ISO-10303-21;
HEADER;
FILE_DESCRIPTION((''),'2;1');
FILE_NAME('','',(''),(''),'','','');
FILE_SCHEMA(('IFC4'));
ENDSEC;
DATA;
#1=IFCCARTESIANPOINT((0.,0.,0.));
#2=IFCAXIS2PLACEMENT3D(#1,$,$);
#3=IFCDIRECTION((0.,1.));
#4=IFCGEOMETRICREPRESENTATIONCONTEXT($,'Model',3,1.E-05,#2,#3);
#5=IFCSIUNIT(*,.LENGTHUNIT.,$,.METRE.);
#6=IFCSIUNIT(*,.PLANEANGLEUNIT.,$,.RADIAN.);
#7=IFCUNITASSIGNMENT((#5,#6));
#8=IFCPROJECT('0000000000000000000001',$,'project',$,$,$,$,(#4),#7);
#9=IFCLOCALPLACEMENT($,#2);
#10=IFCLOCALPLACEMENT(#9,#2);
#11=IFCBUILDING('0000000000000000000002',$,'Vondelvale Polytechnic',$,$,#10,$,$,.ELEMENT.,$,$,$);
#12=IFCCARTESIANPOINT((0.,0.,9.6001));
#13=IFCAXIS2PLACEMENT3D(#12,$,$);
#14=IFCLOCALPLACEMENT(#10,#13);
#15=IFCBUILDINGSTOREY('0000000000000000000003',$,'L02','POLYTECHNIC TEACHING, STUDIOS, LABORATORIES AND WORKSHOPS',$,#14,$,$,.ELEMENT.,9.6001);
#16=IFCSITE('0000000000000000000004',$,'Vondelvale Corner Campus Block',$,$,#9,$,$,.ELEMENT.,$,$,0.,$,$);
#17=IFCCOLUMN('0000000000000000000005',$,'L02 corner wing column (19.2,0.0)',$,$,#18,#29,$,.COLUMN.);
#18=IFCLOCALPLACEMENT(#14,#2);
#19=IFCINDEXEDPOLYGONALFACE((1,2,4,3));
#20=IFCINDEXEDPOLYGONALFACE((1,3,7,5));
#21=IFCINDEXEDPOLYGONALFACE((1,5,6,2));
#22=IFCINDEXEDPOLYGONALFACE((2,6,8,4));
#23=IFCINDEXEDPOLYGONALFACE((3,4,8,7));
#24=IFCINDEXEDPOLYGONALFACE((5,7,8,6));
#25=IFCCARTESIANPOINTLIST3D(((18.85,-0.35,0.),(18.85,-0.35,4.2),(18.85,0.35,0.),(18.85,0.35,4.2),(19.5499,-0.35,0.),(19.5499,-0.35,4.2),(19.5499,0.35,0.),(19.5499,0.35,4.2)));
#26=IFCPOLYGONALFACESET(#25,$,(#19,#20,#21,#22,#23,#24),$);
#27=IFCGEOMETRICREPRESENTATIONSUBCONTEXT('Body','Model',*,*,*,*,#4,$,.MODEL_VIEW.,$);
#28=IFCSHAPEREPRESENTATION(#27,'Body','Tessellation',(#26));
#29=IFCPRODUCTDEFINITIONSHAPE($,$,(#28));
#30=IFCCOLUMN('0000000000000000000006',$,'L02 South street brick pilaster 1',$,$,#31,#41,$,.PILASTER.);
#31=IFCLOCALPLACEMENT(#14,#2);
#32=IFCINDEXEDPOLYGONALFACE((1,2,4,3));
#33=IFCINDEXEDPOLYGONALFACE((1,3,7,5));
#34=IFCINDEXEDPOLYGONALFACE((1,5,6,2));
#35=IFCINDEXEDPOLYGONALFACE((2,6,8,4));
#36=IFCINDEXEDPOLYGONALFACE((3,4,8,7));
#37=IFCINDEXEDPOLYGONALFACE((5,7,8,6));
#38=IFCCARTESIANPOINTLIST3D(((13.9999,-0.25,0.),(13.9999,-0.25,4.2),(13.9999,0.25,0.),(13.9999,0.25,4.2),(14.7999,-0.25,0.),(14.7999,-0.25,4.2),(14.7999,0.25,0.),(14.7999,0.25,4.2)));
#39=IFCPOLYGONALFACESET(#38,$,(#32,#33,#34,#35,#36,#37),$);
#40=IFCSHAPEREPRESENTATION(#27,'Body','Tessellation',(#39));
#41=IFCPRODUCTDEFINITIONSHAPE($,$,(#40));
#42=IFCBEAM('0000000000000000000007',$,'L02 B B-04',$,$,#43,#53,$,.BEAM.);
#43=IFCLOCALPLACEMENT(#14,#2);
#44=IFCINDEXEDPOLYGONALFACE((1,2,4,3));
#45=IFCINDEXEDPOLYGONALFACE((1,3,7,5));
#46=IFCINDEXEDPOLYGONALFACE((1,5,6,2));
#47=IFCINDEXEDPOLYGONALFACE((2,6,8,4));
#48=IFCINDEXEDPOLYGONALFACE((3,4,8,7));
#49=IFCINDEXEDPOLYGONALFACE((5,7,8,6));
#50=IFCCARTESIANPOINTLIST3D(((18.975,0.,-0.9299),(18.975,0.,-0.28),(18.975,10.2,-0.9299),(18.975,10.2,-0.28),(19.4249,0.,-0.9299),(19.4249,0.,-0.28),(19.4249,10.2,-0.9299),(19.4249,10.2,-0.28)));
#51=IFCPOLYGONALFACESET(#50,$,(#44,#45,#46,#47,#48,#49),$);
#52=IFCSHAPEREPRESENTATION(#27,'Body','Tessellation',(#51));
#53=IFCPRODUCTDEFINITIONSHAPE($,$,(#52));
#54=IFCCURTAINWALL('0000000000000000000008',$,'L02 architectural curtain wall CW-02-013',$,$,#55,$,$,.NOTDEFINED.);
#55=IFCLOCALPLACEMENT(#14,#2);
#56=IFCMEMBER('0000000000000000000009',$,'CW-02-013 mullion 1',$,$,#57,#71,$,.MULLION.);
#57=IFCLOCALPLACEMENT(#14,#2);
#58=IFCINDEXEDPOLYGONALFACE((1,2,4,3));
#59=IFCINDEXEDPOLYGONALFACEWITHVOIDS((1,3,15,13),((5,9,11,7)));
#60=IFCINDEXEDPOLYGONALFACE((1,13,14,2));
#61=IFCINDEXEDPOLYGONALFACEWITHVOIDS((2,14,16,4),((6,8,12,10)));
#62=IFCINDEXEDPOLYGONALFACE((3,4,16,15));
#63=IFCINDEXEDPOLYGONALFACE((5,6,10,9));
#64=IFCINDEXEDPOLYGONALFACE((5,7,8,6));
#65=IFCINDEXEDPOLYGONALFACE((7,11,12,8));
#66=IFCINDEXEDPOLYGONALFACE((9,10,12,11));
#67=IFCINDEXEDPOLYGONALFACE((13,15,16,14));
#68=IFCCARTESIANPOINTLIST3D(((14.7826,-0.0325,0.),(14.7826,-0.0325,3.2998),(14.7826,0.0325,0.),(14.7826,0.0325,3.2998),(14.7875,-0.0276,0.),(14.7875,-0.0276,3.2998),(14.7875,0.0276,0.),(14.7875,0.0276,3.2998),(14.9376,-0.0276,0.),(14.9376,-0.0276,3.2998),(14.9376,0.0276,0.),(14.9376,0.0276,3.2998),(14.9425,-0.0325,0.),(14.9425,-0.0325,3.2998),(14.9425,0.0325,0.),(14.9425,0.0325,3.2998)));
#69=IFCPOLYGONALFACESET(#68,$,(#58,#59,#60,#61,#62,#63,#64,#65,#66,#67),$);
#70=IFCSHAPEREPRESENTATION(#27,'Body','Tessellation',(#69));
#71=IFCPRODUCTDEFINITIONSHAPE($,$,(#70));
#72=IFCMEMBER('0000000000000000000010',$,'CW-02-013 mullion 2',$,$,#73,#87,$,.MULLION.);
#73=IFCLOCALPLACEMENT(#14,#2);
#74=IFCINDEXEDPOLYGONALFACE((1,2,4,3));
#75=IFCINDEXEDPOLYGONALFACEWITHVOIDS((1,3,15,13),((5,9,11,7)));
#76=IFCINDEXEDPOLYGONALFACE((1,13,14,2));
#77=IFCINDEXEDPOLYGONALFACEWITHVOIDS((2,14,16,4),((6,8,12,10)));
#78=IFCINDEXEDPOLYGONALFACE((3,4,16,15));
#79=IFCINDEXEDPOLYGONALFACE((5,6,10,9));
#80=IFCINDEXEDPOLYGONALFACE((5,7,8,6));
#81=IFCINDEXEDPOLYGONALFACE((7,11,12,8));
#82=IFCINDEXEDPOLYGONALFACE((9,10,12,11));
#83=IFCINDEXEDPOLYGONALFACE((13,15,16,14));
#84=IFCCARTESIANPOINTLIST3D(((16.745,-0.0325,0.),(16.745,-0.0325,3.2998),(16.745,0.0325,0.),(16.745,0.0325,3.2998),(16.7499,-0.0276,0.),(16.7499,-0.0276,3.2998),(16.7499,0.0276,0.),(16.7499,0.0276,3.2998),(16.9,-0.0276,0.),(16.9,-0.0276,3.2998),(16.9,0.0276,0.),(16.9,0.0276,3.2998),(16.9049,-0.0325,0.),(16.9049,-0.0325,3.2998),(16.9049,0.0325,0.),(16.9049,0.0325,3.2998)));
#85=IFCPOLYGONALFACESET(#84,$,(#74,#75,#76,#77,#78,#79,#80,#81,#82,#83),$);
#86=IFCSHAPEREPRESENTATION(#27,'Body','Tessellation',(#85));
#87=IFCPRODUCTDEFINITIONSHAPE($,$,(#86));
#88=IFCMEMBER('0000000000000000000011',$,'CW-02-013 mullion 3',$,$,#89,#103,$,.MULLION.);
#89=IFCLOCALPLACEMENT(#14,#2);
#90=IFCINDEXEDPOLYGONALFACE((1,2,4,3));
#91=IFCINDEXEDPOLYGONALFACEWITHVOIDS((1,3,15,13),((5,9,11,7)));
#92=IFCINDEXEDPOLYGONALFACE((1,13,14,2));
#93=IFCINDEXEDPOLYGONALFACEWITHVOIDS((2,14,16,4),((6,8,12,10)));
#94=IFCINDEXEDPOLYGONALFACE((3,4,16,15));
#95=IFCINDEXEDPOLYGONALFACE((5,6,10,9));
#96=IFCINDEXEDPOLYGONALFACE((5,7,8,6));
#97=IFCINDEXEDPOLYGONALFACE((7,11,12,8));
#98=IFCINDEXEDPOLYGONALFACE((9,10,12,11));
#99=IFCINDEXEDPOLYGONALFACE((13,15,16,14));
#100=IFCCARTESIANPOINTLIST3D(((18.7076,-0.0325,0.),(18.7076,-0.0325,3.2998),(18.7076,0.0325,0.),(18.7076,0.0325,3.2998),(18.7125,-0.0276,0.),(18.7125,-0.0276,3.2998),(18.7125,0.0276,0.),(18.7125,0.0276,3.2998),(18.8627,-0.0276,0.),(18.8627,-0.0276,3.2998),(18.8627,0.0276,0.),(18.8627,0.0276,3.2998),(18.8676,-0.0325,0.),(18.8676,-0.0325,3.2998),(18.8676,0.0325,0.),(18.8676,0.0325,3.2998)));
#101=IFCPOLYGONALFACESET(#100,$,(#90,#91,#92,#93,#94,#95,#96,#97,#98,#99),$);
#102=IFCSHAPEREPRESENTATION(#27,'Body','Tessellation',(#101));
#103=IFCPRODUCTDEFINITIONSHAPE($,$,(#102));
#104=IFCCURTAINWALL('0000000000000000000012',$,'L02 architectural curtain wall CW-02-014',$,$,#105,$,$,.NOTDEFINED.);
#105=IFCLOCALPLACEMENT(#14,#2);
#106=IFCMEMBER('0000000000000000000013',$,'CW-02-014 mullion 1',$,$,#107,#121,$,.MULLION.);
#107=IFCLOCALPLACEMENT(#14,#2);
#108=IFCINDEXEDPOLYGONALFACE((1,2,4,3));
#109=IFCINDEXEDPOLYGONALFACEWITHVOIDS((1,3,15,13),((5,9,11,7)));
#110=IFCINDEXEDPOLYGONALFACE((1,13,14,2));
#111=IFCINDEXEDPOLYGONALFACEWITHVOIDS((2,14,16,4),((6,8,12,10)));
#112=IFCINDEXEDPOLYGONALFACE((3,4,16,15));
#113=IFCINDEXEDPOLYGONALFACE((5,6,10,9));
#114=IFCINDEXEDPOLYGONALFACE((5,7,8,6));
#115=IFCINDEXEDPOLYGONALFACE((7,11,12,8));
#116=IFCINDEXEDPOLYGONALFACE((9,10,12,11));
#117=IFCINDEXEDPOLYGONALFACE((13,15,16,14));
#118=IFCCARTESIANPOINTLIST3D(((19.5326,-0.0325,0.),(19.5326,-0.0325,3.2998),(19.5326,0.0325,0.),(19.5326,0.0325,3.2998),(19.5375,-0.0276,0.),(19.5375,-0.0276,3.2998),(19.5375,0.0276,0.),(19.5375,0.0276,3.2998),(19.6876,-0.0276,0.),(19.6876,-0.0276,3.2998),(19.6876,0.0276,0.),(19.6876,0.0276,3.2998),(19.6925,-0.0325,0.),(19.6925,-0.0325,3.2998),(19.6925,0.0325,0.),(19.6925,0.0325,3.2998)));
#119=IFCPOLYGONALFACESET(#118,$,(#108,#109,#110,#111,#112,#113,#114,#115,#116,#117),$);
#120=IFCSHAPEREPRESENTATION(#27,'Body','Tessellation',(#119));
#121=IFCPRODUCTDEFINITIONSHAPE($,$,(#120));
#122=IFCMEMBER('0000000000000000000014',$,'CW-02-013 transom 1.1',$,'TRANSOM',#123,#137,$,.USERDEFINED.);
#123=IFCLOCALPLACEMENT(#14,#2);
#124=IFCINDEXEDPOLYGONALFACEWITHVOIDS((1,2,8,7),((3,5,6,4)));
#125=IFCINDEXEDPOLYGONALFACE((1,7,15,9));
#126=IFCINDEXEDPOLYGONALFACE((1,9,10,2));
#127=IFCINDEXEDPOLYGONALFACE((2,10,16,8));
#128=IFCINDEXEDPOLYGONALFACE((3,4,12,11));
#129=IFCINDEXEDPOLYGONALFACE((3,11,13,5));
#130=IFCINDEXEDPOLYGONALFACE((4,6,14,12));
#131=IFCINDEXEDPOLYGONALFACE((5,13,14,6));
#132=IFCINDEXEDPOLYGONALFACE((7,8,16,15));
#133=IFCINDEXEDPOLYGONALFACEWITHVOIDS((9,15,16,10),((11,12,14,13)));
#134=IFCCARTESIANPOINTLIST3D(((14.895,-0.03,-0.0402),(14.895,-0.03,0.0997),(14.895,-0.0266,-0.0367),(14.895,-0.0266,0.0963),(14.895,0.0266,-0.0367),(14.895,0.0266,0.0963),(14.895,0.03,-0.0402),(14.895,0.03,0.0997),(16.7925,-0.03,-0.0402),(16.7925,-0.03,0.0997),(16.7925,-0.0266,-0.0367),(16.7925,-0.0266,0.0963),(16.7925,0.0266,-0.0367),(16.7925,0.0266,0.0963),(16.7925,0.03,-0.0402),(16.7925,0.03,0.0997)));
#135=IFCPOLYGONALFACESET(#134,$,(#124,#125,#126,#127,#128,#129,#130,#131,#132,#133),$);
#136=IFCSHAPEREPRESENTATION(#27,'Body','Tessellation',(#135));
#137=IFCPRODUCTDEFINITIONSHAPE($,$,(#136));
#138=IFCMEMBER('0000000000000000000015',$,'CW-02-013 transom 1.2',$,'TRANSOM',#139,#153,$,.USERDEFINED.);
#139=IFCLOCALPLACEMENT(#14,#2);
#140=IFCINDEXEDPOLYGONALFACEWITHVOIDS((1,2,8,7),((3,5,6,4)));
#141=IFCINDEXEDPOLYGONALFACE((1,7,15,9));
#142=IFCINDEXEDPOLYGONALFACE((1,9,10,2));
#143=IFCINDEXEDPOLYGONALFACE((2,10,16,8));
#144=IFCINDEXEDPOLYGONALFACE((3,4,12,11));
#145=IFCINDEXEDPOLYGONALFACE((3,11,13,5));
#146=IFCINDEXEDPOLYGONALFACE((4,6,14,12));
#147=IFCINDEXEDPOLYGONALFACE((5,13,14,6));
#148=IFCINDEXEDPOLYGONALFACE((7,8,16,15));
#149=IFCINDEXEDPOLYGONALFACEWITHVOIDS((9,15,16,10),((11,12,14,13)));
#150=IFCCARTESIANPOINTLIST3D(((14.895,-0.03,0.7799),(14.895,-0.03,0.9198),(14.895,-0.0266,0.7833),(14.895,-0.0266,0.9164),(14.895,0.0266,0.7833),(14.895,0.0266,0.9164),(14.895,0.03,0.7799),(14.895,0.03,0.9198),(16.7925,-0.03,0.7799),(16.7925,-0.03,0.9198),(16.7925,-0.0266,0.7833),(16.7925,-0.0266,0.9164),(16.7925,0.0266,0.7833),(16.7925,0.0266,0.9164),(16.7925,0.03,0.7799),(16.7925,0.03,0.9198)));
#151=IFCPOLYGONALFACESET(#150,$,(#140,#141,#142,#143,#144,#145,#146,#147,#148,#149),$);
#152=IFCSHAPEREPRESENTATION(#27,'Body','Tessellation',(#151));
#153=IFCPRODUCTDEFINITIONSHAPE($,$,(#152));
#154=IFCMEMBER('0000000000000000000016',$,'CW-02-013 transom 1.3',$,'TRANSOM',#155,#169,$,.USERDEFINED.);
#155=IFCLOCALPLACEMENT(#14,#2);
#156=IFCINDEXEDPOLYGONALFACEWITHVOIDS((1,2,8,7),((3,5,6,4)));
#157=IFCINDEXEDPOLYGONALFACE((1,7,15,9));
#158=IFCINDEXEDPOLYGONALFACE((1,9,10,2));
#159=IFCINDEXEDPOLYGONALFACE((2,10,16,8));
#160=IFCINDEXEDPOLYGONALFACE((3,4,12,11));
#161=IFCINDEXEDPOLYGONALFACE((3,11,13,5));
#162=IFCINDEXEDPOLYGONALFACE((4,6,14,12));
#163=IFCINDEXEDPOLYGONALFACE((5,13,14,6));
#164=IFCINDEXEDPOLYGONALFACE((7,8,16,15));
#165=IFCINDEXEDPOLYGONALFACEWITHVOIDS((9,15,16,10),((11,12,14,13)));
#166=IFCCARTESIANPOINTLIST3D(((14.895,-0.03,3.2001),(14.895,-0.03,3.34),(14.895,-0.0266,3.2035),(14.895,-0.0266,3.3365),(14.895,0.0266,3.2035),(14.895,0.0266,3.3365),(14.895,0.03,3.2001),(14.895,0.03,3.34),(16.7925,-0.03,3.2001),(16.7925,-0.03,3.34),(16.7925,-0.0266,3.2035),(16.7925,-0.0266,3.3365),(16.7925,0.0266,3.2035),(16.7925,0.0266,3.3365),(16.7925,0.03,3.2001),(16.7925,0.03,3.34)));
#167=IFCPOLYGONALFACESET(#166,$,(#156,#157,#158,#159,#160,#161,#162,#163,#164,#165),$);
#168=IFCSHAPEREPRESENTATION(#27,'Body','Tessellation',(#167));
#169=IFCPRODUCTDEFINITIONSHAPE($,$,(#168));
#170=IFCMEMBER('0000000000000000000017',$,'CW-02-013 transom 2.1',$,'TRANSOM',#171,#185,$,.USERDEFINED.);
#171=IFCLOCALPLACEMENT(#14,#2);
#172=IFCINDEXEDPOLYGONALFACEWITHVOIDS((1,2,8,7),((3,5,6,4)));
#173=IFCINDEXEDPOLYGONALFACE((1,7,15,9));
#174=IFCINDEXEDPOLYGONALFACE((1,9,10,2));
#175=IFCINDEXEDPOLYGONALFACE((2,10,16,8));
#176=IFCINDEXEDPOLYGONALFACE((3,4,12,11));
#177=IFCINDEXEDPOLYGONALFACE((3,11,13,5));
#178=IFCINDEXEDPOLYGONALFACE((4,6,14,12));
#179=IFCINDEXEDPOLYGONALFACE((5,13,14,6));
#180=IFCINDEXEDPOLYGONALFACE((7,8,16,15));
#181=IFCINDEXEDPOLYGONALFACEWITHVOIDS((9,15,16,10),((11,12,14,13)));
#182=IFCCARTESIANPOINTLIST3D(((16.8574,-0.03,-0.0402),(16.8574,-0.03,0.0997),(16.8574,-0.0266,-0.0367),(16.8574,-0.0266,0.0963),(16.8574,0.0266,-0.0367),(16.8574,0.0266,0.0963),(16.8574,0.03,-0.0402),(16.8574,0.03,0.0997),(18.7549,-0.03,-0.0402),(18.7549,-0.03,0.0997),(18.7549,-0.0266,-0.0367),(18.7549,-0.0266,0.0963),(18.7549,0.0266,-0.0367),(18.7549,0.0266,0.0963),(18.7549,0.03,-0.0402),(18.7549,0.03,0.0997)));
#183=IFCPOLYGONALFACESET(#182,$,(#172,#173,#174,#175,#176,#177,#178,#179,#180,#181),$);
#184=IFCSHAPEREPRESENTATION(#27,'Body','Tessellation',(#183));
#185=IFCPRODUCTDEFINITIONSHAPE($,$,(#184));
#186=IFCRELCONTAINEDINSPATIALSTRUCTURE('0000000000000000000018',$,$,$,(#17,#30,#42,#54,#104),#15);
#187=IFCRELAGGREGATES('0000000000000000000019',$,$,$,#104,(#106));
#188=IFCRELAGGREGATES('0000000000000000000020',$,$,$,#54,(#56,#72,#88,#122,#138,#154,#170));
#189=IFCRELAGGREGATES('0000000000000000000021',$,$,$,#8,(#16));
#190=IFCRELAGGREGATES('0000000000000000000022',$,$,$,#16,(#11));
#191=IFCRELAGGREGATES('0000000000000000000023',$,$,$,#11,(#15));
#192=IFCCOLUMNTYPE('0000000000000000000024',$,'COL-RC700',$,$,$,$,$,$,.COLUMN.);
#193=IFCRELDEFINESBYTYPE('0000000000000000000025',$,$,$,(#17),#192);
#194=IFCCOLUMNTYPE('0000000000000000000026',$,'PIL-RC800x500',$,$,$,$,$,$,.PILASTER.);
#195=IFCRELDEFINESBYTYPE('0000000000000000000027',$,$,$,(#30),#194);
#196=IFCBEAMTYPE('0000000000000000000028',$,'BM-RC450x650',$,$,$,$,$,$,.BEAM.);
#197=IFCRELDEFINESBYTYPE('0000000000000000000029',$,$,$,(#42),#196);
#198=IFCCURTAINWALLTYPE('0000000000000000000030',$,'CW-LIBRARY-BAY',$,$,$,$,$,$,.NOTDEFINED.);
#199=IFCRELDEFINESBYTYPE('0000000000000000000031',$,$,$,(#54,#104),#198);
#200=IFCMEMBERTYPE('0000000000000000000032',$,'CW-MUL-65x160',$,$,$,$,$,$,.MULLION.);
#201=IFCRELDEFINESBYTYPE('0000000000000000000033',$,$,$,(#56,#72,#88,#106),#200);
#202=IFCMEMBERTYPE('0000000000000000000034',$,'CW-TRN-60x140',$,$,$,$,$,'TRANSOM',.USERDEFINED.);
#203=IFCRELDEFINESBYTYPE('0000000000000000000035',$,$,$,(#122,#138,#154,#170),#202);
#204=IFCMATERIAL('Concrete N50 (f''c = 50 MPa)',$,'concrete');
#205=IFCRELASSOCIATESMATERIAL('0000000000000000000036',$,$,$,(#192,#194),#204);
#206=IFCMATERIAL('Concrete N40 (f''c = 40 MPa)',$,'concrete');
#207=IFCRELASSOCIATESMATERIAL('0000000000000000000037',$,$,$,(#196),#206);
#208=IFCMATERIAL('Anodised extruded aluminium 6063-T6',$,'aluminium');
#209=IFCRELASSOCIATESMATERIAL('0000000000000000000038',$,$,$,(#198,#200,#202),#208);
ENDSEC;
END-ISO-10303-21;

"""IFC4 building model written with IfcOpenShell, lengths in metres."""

from ifc_helpers import new_model, si_unit, direction, frame, origin, origin_2d, place, context, subcontext, project, spatial, rectangle, hollow_rectangle, extrude, material, material_profile, profile_set, type_object, element, aggregate, save


model = new_model("IFC4")

# Units and contexts
model_context = context("Model", 3, precision=1e-05, world=origin(), true_north=direction((0.0, 1.0)))
body_context = subcontext(model_context, "Body", "Model", "MODEL_VIEW")
ifc_project = project(units=[si_unit("LENGTHUNIT", "METRE"), si_unit("PLANEANGLEUNIT", "RADIAN")], contexts=[model_context])

# Site, building, storey
site_placement = place(None, origin())
site = spatial("IfcSite", under=ifc_project, at=site_placement, Name="Vondelvale Corner Campus Block", CompositionType="ELEMENT", RefElevation=0.0)
building_placement = place(site_placement, origin())
building = spatial("IfcBuilding", under=site, at=building_placement, Name="Vondelvale Polytechnic", CompositionType="ELEMENT")
storey_placement = place(building_placement, frame((0.0, 0.0, 9.6001)))
storey = spatial("IfcBuildingStorey", under=building, at=storey_placement, Name="L02", Description="POLYTECHNIC TEACHING, STUDIOS, LABORATORIES AND WORKSHOPS", CompositionType="ELEMENT", Elevation=9.6001)

# Columns
ifc_material_1 = material(Name="Concrete N50 (f'c = 50 MPa)", Category="concrete")
ifc_material_profile_1 = material_profile(ifc_material_1, rectangle(XDim=0.7, YDim=0.7, at=origin_2d()), Name="RC-COL-700x700")
ifc_profile_set_1 = profile_set([ifc_material_profile_1], Name="Concrete N50 (f'c = 50 MPa)")
column_type_1 = type_object("IfcColumnType", Name="COL-RC700", PredefinedType="COLUMN", material=ifc_profile_set_1)
column_1_placement = place(storey_placement, frame((19.2, 0.0, 0.0), z_axis=(0.0, 0.0, 1.0), x_axis=(1.0, 0.0, 0.0)))
element("IfcColumn", 1, at=column_1_placement, inside=storey, type_object=column_type_1, Name="L02 corner wing column (19.2,0.0)", PredefinedType="COLUMN", context=body_context, shape_type="SweptSolid", body=[
    extrude(rectangle(XDim=0.7, YDim=0.7, at=origin_2d()), origin(), (0.0, 0.0, 1.0), 4.2),
])
ifc_material_profile_2 = material_profile(ifc_material_1, rectangle(XDim=0.5, YDim=0.8, at=origin_2d()), Name="RC-PIL-800x500")
ifc_profile_set_2 = profile_set([ifc_material_profile_2], Name="Concrete N50 (f'c = 50 MPa)")
column_type_2 = type_object("IfcColumnType", Name="PIL-RC800x500", PredefinedType="PILASTER", material=ifc_profile_set_2)
column_2_placement = place(storey_placement, frame((14.3999, 0.0, 0.0), z_axis=(0.0, 0.0, 1.0), x_axis=(0.0, 1.0, 0.0)))
element("IfcColumn", 2, at=column_2_placement, inside=storey, type_object=column_type_2, Name="L02 South street brick pilaster 1", PredefinedType="PILASTER", context=body_context, shape_type="SweptSolid", body=[
    extrude(rectangle(XDim=0.5, YDim=0.8, at=origin_2d()), origin(), (0.0, 0.0, 1.0), 4.2),
])

# Beam
ifc_material_2 = material(Name="Concrete N40 (f'c = 40 MPa)", Category="concrete")
ifc_material_profile_3 = material_profile(ifc_material_2, rectangle(XDim=0.45, YDim=0.6499, at=origin_2d()), Name="RC-BM-450x650")
ifc_profile_set_3 = profile_set([ifc_material_profile_3], Name="Concrete N40 (f'c = 40 MPa)")
beam_type_1 = type_object("IfcBeamType", Name="BM-RC450x650", PredefinedType="BEAM", material=ifc_profile_set_3)
beam_1_placement = place(storey_placement, frame((19.2, 0.0, -0.605), z_axis=(0.0, 1.0, 0.0), x_axis=(-1.0, 0.0, 0.0)))
element("IfcBeam", 3, at=beam_1_placement, inside=storey, type_object=beam_type_1, Name="L02 B B-04", PredefinedType="BEAM", context=body_context, shape_type="SweptSolid", body=[
    extrude(rectangle(XDim=0.45, YDim=0.6499, at=origin_2d()), origin(), (0.0, 0.0, 1.0), 10.2),
])

# Curtain wall, members
ifc_material_3 = material(Name="Anodised extruded aluminium 6063-T6", Category="aluminium")
curtain_wall_type = type_object("IfcCurtainWallType", Name="CW-LIBRARY-BAY", PredefinedType="NOTDEFINED", material=ifc_material_3)
curtain_wall_1_placement = place(storey_placement, origin())
curtain_wall_1 = element("IfcCurtainWall", 4, at=curtain_wall_1_placement, inside=storey, type_object=curtain_wall_type, Name="L02 architectural curtain wall CW-02-013", PredefinedType="NOTDEFINED")
ifc_material_profile_4 = material_profile(ifc_material_3, hollow_rectangle(XDim=0.0649, YDim=0.1599, WallThickness=0.0049, at=origin_2d()), Name="CW-MUL-160x65")
ifc_profile_set_4 = profile_set([ifc_material_profile_4], Name="Anodised extruded aluminium 6063-T6")
member_type_1 = type_object("IfcMemberType", Name="CW-MUL-65x160", PredefinedType="MULLION", material=ifc_profile_set_4)
member_1_placement = place(storey_placement, frame((14.8625, 0.0, 0.0), z_axis=(0.0, 0.0, 1.0), x_axis=(0.0, 1.0, 0.0)))
member_1 = element("IfcMember", 5, at=member_1_placement, type_object=member_type_1, Name="CW-02-013 mullion 1", PredefinedType="MULLION", context=body_context, shape_type="SweptSolid", body=[
    extrude(hollow_rectangle(XDim=0.0649, YDim=0.1599, WallThickness=0.0049, at=origin_2d()), origin(), (0.0, 0.0, 1.0), 3.2998),
])
member_2_placement = place(storey_placement, frame((16.825, 0.0, 0.0), z_axis=(0.0, 0.0, 1.0), x_axis=(0.0, 1.0, 0.0)))
member_2 = element("IfcMember", 6, at=member_2_placement, type_object=member_type_1, Name="CW-02-013 mullion 2", PredefinedType="MULLION", context=body_context, shape_type="SweptSolid", body=[
    extrude(hollow_rectangle(XDim=0.0649, YDim=0.1599, WallThickness=0.0049, at=origin_2d()), origin(), (0.0, 0.0, 1.0), 3.2998),
])
member_3_placement = place(storey_placement, frame((18.7876, 0.0, 0.0), z_axis=(0.0, 0.0, 1.0), x_axis=(0.0, 1.0, 0.0)))
member_3 = element("IfcMember", 7, at=member_3_placement, type_object=member_type_1, Name="CW-02-013 mullion 3", PredefinedType="MULLION", context=body_context, shape_type="SweptSolid", body=[
    extrude(hollow_rectangle(XDim=0.0649, YDim=0.1599, WallThickness=0.0049, at=origin_2d()), origin(), (0.0, 0.0, 1.0), 3.2998),
])

# Curtain wall, member
curtain_wall_2_placement = place(storey_placement, origin())
curtain_wall_2 = element("IfcCurtainWall", 8, at=curtain_wall_2_placement, inside=storey, type_object=curtain_wall_type, Name="L02 architectural curtain wall CW-02-014", PredefinedType="NOTDEFINED")
member_4_placement = place(storey_placement, frame((19.6125, 0.0, 0.0), z_axis=(0.0, 0.0, 1.0), x_axis=(0.0, 1.0, 0.0)))
member_4 = element("IfcMember", 9, at=member_4_placement, type_object=member_type_1, Name="CW-02-014 mullion 1", PredefinedType="MULLION", context=body_context, shape_type="SweptSolid", body=[
    extrude(hollow_rectangle(XDim=0.0649, YDim=0.1599, WallThickness=0.0049, at=origin_2d()), origin(), (0.0, 0.0, 1.0), 3.2998),
])

# Members
ifc_material_profile_5 = material_profile(ifc_material_3, hollow_rectangle(XDim=0.0601, YDim=0.1399, WallThickness=0.0034, at=origin_2d()), Name="CW-TRN-140x60")
ifc_profile_set_5 = profile_set([ifc_material_profile_5], Name="Anodised extruded aluminium 6063-T6")
member_type_2 = type_object("IfcMemberType", Name="CW-TRN-60x140", ElementType="TRANSOM", PredefinedType="USERDEFINED", material=ifc_profile_set_5)
member_5_placement = place(storey_placement, frame((14.895, 0.0, 0.0298), z_axis=(1.0, 0.0, 0.0), x_axis=(0.0, 1.0, 0.0)))
member_5 = element("IfcMember", 10, at=member_5_placement, type_object=member_type_2, Name="CW-02-013 transom 1.1", ObjectType="TRANSOM", PredefinedType="USERDEFINED", context=body_context, shape_type="SweptSolid", body=[
    extrude(hollow_rectangle(XDim=0.0601, YDim=0.1399, WallThickness=0.0034, at=origin_2d()), origin(), (0.0, 0.0, 1.0), 1.8975),
])
member_6_placement = place(storey_placement, frame((14.895, 0.0, 0.8499), z_axis=(1.0, 0.0, 0.0), x_axis=(0.0, 1.0, 0.0)))
member_6 = element("IfcMember", 11, at=member_6_placement, type_object=member_type_2, Name="CW-02-013 transom 1.2", ObjectType="TRANSOM", PredefinedType="USERDEFINED", context=body_context, shape_type="SweptSolid", body=[
    extrude(hollow_rectangle(XDim=0.0601, YDim=0.1399, WallThickness=0.0034, at=origin_2d()), origin(), (0.0, 0.0, 1.0), 1.8975),
])
member_7_placement = place(storey_placement, frame((14.895, 0.0, 3.27), z_axis=(1.0, 0.0, 0.0), x_axis=(0.0, 1.0, 0.0)))
member_7 = element("IfcMember", 12, at=member_7_placement, type_object=member_type_2, Name="CW-02-013 transom 1.3", ObjectType="TRANSOM", PredefinedType="USERDEFINED", context=body_context, shape_type="SweptSolid", body=[
    extrude(hollow_rectangle(XDim=0.0601, YDim=0.1399, WallThickness=0.0034, at=origin_2d()), origin(), (0.0, 0.0, 1.0), 1.8975),
])
member_8_placement = place(storey_placement, frame((16.8574, 0.0, 0.0298), z_axis=(1.0, 0.0, 0.0), x_axis=(0.0, 1.0, 0.0)))
member_8 = element("IfcMember", 13, at=member_8_placement, type_object=member_type_2, Name="CW-02-013 transom 2.1", ObjectType="TRANSOM", PredefinedType="USERDEFINED", context=body_context, shape_type="SweptSolid", body=[
    extrude(hollow_rectangle(XDim=0.0601, YDim=0.1399, WallThickness=0.0034, at=origin_2d()), origin(), (0.0, 0.0, 1.0), 1.8975),
])
aggregate(curtain_wall_2, [member_4])

aggregate(curtain_wall_1, [member_1, member_2, member_3, member_5, member_6, member_7, member_8])

save(model, "model.ifc")
